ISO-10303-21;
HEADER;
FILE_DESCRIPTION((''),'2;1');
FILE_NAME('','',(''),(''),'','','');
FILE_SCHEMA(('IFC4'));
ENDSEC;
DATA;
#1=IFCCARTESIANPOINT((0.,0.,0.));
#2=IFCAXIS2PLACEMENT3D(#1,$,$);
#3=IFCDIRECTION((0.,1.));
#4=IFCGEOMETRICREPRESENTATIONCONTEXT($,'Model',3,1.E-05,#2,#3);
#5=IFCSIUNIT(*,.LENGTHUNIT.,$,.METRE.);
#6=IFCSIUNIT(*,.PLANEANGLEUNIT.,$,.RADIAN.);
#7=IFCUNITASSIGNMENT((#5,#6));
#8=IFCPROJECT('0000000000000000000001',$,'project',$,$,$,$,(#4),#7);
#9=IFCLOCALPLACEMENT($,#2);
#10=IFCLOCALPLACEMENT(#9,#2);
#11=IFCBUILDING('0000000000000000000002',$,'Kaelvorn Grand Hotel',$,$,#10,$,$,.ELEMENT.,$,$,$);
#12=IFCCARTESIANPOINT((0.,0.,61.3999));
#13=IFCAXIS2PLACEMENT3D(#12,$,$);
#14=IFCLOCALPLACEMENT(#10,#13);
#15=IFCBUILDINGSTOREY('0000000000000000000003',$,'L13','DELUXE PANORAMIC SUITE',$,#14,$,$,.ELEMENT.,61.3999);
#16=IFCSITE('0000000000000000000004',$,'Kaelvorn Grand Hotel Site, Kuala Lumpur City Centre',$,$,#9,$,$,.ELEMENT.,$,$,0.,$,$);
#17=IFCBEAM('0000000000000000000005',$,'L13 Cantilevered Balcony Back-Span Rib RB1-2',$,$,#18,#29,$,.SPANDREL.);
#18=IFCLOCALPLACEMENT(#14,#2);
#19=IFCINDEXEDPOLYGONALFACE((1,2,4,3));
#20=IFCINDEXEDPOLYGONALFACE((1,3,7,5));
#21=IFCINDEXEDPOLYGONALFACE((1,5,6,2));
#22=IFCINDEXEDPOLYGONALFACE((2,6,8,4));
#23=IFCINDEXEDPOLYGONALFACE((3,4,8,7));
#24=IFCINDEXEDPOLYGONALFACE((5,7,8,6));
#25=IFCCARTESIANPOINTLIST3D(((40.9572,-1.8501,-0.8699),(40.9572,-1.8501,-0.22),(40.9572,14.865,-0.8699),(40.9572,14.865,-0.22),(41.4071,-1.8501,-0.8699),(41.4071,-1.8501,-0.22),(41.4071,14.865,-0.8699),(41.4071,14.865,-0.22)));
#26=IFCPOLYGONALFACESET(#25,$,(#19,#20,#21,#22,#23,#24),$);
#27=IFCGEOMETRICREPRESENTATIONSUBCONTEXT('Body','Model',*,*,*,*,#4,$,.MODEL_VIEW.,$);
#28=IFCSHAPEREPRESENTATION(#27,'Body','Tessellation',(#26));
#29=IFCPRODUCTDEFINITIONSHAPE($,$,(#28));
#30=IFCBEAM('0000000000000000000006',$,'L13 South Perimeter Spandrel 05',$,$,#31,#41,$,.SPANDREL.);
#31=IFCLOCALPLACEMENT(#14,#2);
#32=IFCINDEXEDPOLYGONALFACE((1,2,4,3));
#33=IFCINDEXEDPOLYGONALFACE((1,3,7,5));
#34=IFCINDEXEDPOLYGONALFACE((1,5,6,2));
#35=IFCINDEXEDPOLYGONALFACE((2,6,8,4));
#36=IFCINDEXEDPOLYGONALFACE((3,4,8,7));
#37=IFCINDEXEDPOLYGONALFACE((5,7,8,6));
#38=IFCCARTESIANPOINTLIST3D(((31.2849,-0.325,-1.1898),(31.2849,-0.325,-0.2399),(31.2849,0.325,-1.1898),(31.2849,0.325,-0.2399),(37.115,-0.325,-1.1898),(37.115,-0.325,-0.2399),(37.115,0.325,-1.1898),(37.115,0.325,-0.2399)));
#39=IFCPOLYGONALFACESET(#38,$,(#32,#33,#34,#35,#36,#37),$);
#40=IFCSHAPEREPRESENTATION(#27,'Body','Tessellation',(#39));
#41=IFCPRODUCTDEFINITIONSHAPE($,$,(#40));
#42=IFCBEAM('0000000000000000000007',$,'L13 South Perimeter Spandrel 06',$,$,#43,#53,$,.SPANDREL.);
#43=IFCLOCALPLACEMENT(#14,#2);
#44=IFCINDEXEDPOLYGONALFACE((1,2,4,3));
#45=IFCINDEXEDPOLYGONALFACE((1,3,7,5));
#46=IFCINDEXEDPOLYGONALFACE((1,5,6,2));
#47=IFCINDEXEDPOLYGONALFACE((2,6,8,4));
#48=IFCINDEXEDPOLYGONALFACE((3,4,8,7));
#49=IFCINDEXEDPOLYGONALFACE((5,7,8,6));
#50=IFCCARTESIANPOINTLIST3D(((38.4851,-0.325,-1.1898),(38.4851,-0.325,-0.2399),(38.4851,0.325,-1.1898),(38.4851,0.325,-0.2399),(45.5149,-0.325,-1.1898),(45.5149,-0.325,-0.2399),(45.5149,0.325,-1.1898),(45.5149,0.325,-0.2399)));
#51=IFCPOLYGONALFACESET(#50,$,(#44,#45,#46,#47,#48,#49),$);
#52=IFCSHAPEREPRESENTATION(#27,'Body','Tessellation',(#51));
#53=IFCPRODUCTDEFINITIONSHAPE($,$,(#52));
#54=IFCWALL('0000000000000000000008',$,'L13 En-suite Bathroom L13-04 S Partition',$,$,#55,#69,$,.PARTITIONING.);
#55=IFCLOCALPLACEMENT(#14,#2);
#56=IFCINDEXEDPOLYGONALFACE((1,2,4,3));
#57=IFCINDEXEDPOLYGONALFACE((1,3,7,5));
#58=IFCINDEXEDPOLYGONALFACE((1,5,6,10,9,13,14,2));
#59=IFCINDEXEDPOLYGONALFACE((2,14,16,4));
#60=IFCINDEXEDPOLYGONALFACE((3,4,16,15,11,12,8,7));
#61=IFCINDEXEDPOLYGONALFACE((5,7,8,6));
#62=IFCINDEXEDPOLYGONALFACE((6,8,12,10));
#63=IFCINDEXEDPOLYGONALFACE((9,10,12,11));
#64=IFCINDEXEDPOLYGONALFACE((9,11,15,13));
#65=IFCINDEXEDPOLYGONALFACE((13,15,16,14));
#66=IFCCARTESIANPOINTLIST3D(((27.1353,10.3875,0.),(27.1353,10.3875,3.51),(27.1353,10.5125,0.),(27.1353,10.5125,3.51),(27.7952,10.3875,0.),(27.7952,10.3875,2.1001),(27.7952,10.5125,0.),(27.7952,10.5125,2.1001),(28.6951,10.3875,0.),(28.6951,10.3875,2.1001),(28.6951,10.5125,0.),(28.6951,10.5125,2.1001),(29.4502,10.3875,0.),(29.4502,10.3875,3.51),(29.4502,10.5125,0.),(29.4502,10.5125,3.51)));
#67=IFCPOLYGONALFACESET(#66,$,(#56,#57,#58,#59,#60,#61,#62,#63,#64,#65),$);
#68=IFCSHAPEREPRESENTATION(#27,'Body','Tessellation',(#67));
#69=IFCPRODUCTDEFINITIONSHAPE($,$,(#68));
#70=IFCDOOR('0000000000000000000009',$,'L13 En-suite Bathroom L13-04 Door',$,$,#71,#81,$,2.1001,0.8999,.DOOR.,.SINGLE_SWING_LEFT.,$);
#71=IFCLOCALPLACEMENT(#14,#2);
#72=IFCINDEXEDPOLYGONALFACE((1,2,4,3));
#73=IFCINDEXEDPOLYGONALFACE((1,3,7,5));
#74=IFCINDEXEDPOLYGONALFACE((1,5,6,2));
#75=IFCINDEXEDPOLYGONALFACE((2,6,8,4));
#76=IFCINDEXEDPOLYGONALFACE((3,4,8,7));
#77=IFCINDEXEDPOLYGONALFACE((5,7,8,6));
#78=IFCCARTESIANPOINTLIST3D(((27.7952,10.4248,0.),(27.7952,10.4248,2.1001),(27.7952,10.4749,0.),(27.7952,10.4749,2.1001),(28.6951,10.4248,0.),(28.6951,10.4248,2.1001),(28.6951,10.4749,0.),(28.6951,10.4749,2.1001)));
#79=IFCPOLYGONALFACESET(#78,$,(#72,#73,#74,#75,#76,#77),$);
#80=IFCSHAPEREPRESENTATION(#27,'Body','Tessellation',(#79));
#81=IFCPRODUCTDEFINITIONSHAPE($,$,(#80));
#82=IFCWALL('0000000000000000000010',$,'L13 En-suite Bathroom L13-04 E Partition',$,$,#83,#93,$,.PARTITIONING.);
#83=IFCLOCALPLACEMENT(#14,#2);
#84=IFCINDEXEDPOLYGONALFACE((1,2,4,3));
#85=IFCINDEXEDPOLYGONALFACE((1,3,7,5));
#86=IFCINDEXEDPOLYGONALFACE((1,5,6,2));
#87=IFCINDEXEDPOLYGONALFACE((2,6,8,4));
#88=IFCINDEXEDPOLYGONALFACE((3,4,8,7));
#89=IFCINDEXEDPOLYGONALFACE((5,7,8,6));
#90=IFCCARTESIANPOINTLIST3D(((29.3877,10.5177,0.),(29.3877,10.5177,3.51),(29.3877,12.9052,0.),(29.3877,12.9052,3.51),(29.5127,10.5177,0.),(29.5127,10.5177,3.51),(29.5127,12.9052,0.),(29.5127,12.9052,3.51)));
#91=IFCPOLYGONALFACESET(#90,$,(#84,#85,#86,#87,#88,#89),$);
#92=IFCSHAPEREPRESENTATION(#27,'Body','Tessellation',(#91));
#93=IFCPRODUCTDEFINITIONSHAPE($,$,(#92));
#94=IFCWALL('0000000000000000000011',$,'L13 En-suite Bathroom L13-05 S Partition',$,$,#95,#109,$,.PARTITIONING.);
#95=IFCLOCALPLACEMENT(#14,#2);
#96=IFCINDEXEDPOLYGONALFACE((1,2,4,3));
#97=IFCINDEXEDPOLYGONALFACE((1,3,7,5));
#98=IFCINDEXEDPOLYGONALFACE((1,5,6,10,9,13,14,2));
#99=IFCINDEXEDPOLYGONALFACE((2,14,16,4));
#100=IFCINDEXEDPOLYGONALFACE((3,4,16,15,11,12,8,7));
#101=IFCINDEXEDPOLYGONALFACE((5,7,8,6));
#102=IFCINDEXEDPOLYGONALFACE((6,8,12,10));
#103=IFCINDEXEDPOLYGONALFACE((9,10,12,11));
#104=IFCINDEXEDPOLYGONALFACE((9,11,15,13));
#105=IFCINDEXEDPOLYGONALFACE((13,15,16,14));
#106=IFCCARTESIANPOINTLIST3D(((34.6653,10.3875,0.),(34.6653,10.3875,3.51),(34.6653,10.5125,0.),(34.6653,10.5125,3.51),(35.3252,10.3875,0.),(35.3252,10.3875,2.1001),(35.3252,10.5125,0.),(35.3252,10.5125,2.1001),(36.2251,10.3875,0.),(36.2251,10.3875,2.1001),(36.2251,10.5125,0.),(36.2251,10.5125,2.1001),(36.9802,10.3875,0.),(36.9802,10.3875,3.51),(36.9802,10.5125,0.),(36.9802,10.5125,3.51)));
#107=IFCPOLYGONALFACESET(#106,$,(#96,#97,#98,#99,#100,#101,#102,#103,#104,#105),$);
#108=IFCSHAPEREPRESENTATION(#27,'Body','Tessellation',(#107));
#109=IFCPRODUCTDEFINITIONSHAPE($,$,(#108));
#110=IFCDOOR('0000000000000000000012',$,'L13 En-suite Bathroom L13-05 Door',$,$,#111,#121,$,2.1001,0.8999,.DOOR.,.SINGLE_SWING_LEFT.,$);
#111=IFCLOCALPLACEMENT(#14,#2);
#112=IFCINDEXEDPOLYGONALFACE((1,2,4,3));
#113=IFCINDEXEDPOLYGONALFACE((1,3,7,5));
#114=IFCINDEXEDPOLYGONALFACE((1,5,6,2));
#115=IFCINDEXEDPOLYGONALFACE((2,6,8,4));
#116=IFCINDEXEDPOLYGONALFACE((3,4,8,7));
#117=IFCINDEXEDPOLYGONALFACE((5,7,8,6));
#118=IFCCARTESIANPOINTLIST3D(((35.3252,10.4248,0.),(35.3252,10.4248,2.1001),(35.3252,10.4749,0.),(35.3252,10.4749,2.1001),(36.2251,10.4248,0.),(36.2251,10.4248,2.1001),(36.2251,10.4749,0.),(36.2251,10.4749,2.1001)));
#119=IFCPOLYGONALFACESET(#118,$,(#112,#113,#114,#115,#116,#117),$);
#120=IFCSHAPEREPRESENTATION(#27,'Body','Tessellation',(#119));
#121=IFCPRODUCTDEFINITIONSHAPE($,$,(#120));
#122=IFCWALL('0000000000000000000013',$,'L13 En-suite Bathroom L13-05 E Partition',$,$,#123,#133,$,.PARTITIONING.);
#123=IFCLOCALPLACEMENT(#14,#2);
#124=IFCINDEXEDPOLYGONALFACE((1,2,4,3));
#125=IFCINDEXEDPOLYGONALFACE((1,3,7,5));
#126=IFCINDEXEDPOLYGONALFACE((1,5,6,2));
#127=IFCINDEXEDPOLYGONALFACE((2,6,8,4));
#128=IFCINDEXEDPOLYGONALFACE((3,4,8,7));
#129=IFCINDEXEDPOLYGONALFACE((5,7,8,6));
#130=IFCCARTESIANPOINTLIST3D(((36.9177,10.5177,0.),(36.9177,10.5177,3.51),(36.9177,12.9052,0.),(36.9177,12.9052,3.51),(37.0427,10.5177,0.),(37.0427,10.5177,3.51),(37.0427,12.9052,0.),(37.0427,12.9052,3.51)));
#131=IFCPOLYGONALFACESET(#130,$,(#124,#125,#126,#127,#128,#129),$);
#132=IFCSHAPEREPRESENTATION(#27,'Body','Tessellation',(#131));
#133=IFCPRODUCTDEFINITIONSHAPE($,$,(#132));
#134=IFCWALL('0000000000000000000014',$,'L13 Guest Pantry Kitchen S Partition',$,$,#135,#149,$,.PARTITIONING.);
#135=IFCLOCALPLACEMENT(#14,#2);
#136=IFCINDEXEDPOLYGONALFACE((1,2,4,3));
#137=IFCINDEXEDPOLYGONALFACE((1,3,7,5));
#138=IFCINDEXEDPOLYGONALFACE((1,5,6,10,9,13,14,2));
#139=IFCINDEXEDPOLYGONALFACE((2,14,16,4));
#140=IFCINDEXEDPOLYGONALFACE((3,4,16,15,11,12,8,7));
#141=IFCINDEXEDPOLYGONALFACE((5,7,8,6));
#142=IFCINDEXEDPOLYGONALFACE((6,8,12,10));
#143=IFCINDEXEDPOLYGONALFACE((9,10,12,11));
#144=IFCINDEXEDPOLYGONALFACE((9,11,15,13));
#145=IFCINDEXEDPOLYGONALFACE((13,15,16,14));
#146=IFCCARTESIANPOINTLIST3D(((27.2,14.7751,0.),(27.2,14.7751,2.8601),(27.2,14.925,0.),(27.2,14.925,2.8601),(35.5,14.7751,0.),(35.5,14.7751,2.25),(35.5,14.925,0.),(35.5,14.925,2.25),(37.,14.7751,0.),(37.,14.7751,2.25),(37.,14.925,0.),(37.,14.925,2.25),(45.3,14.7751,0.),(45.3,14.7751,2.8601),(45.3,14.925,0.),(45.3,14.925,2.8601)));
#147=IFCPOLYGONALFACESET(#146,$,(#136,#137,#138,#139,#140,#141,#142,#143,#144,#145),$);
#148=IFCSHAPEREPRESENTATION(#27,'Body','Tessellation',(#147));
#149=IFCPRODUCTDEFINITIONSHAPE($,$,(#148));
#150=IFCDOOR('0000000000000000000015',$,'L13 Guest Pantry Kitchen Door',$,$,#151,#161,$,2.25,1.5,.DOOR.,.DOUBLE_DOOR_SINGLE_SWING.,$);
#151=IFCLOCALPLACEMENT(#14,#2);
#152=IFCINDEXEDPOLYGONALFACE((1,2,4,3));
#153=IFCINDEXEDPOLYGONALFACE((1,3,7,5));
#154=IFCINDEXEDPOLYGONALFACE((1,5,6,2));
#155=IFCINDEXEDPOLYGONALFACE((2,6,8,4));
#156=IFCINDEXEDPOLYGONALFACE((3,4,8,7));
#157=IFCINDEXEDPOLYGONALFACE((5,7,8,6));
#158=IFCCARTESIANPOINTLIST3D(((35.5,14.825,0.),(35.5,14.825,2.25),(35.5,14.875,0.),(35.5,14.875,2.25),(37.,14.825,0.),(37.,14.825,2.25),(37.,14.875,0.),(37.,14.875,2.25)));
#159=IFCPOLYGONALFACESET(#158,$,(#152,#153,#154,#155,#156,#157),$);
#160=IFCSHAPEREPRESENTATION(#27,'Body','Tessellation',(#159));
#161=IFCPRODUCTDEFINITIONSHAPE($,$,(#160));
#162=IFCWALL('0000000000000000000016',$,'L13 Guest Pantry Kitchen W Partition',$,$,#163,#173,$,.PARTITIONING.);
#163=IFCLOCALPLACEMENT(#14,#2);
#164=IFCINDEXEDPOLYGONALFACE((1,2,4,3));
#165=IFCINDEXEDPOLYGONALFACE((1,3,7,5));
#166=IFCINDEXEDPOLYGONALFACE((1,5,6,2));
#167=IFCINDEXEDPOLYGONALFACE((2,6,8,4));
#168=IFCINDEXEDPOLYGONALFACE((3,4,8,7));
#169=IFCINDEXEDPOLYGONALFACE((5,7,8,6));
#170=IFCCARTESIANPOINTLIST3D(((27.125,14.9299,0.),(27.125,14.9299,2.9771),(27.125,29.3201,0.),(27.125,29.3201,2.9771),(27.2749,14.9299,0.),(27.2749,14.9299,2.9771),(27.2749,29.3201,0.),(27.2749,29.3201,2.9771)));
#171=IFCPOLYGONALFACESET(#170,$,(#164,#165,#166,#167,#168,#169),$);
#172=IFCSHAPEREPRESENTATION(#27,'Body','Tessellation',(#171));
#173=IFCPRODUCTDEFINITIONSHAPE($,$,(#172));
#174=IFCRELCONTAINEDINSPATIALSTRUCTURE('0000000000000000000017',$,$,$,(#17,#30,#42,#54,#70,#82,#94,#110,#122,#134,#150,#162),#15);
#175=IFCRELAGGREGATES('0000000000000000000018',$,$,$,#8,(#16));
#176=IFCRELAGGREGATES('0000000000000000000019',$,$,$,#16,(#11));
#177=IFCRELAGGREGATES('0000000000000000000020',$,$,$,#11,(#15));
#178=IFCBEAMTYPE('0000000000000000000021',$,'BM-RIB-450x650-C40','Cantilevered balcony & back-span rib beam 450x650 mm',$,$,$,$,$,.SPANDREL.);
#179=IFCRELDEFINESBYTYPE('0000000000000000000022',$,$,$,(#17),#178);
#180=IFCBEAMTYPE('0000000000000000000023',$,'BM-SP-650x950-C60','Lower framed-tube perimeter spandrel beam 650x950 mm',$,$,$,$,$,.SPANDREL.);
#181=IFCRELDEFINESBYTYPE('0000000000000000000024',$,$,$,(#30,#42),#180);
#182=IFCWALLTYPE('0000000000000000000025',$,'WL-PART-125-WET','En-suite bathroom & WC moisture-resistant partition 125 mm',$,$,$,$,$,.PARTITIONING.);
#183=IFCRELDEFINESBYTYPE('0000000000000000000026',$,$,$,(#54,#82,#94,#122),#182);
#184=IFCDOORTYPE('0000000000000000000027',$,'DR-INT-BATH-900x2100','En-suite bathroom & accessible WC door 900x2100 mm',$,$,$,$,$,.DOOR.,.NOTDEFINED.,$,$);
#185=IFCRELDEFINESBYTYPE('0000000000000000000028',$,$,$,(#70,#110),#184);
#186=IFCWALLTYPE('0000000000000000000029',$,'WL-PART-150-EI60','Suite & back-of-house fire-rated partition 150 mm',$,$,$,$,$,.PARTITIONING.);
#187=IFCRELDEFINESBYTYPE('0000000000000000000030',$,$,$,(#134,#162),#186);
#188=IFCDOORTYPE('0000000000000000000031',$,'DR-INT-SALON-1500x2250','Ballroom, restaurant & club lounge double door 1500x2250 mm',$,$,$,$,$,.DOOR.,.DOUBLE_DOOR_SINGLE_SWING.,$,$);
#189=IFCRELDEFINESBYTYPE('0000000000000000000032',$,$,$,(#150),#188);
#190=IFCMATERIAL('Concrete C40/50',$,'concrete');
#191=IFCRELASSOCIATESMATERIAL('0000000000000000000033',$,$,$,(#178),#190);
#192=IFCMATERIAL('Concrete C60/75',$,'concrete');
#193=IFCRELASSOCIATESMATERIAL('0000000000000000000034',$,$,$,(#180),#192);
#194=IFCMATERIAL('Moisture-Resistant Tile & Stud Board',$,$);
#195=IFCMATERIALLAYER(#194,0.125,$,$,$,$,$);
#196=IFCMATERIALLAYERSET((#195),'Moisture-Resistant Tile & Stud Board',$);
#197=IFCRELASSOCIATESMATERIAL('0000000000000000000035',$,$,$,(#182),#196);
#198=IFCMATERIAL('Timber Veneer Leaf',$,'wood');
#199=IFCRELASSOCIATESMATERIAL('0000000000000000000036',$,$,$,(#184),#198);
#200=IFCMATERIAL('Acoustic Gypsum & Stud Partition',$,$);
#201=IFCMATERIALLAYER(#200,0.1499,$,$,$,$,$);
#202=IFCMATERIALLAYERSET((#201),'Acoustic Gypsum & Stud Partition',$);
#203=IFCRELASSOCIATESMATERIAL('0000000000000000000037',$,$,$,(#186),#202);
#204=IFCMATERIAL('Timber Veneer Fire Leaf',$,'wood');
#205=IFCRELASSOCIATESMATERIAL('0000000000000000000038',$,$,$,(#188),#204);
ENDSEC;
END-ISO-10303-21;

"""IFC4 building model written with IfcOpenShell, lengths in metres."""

from ifc_helpers import new_model, si_unit, direction, frame, frame_2d, origin, origin_2d, place, context, subcontext, project, spatial, rectangle, extrude, material, layer, layer_set, material_profile, profile_set, type_object, element, fill, save


model = new_model("IFC4")

# Units and contexts
model_context = context("Model", 3, precision=1e-05, world=origin(), true_north=direction((0.0, 1.0)))
body_context = subcontext(model_context, "Body", "Model", "MODEL_VIEW")
ifc_project = project(units=[si_unit("LENGTHUNIT", "METRE"), si_unit("PLANEANGLEUNIT", "RADIAN")], contexts=[model_context])

# Site, building, storey
site_placement = place(None, origin())
site = spatial("IfcSite", under=ifc_project, at=site_placement, Name="Kaelvorn Grand Hotel Site, Kuala Lumpur City Centre", CompositionType="ELEMENT", RefElevation=0.0)
building_placement = place(site_placement, origin())
building = spatial("IfcBuilding", under=site, at=building_placement, Name="Kaelvorn Grand Hotel", CompositionType="ELEMENT")
storey_placement = place(building_placement, frame((0.0, 0.0, 61.3999)))
storey = spatial("IfcBuildingStorey", under=building, at=storey_placement, Name="L13", Description="DELUXE PANORAMIC SUITE", CompositionType="ELEMENT", Elevation=61.3999)

# Beams
ifc_material_1 = material(Name="Concrete C40/50", Category="concrete")
ifc_material_profile_1 = material_profile(ifc_material_1, rectangle(XDim=0.45, YDim=0.6499, at=origin_2d()), Name="RC RIB 450x650")
ifc_profile_set_1 = profile_set([ifc_material_profile_1], Name="Concrete C40/50")
beam_type_1 = type_object("IfcBeamType", Name="BM-RIB-450x650-C40", Description="Cantilevered balcony & back-span rib beam 450x650 mm", PredefinedType="SPANDREL", material=ifc_profile_set_1)
beam_1_placement = place(storey_placement, frame((41.1821, -1.8501, -0.5449), z_axis=(0.0, 1.0, 0.0), x_axis=(-1.0, 0.0, 0.0)))
element("IfcBeam", 1, at=beam_1_placement, inside=storey, type_object=beam_type_1, Name="L13 Cantilevered Balcony Back-Span Rib RB1-2", PredefinedType="SPANDREL", context=body_context, shape_type="SweptSolid", body=[
    extrude(rectangle(XDim=0.45, YDim=0.6499, at=origin_2d()), origin(), (0.0, 0.0, 1.0), 16.7151),
])
ifc_material_2 = material(Name="Concrete C60/75", Category="concrete")
ifc_material_profile_2 = material_profile(ifc_material_2, rectangle(XDim=0.6499, YDim=0.95, at=origin_2d()), Name="RC SPANDREL 650x950")
ifc_profile_set_2 = profile_set([ifc_material_profile_2], Name="Concrete C60/75")
beam_type_2 = type_object("IfcBeamType", Name="BM-SP-650x950-C60", Description="Lower framed-tube perimeter spandrel beam 650x950 mm", PredefinedType="SPANDREL", material=ifc_profile_set_2)
beam_2_placement = place(storey_placement, frame((31.2849, 0.0, -0.7148), z_axis=(1.0, 0.0, 0.0), x_axis=(0.0, 1.0, 0.0)))
element("IfcBeam", 2, at=beam_2_placement, inside=storey, type_object=beam_type_2, Name="L13 South Perimeter Spandrel 05", PredefinedType="SPANDREL", context=body_context, shape_type="SweptSolid", body=[
    extrude(rectangle(XDim=0.6499, YDim=0.95, at=origin_2d()), origin(), (0.0, 0.0, 1.0), 5.8301),
])
beam_3_placement = place(storey_placement, frame((38.4851, 0.0, -0.7148), z_axis=(1.0, 0.0, 0.0), x_axis=(0.0, 1.0, 0.0)))
element("IfcBeam", 3, at=beam_3_placement, inside=storey, type_object=beam_type_2, Name="L13 South Perimeter Spandrel 06", PredefinedType="SPANDREL", context=body_context, shape_type="SweptSolid", body=[
    extrude(rectangle(XDim=0.6499, YDim=0.95, at=origin_2d()), origin(), (0.0, 0.0, 1.0), 7.0298),
])

# Wall, opening, door
ifc_material_3 = material(Name="Moisture-Resistant Tile & Stud Board")
ifc_layer_1 = layer(ifc_material_3, 0.125)
ifc_layer_set_1 = layer_set([ifc_layer_1], Name="Moisture-Resistant Tile & Stud Board")
wall_type_1 = type_object("IfcWallType", Name="WL-PART-125-WET", Description="En-suite bathroom & WC moisture-resistant partition 125 mm", PredefinedType="PARTITIONING", material=ifc_layer_set_1)
wall_1_placement = place(storey_placement, frame((27.1353, 10.45, 0.0), z_axis=(0.0, 0.0, 1.0), x_axis=(1.0, 0.0, 0.0)))
wall_1 = element("IfcWall", 4, at=wall_1_placement, inside=storey, type_object=wall_type_1, Name="L13 En-suite Bathroom L13-04 S Partition", PredefinedType="PARTITIONING", context=body_context, shape_type="SweptSolid", body=[
    extrude(rectangle(XDim=2.3149, YDim=0.125, at=frame_2d((1.1575, 0.0))), origin(), (0.0, 0.0, 1.0), 3.51),
])
opening_1_placement = place(wall_1_placement, frame((0.6599, 0.0, 0.0)))
opening_1 = element("IfcOpeningElement", 5, at=opening_1_placement, cuts=wall_1, PredefinedType="OPENING", context=body_context, shape_type="SweptSolid", body=[
    extrude(rectangle(XDim=0.8999, YDim=2.1001, at=frame_2d((0.45, 1.05))), frame((0.0, 0.0725, 0.0), z_axis=(0.0, -1.0, 0.0), x_axis=(1.0, 0.0, 0.0)), (0.0, 0.0, 1.0), 0.145),
])
ifc_material_4 = material(Name="Timber Veneer Leaf", Category="wood")
door_type_1 = type_object("IfcDoorType", Name="DR-INT-BATH-900x2100", Description="En-suite bathroom & accessible WC door 900x2100 mm", OperationType="NOTDEFINED", PredefinedType="DOOR", material=ifc_material_4)
door_1_placement = place(opening_1_placement, origin())
door_1 = element("IfcDoor", 6, at=door_1_placement, inside=storey, type_object=door_type_1, Name="L13 En-suite Bathroom L13-04 Door", OperationType="SINGLE_SWING_LEFT", OverallHeight=2.1001, OverallWidth=0.8999, PredefinedType="DOOR", context=body_context, shape_type="SweptSolid", body=[
    extrude(rectangle(XDim=0.8999, YDim=2.1001, at=frame_2d((0.45, 1.05))), frame((0.0, 0.0249, 0.0), z_axis=(0.0, -1.0, 0.0), x_axis=(1.0, 0.0, 0.0)), (0.0, 0.0, 1.0), 0.05),
])
fill(opening_1, door_1)

# Wall
wall_2_placement = place(storey_placement, frame((29.4502, 10.5176, 0.0), z_axis=(0.0, 0.0, 1.0), x_axis=(0.0, 1.0, 0.0)))
element("IfcWall", 7, at=wall_2_placement, inside=storey, type_object=wall_type_1, Name="L13 En-suite Bathroom L13-04 E Partition", PredefinedType="PARTITIONING", context=body_context, shape_type="SweptSolid", body=[
    extrude(rectangle(XDim=2.3875, YDim=0.125, at=frame_2d((1.1938, 0.0))), origin(), (0.0, 0.0, 1.0), 3.51),
])

# Wall, opening, door
wall_3_placement = place(storey_placement, frame((34.6653, 10.45, 0.0), z_axis=(0.0, 0.0, 1.0), x_axis=(1.0, 0.0, 0.0)))
wall_3 = element("IfcWall", 8, at=wall_3_placement, inside=storey, type_object=wall_type_1, Name="L13 En-suite Bathroom L13-05 S Partition", PredefinedType="PARTITIONING", context=body_context, shape_type="SweptSolid", body=[
    extrude(rectangle(XDim=2.3149, YDim=0.125, at=frame_2d((1.1575, 0.0))), origin(), (0.0, 0.0, 1.0), 3.51),
])
opening_2_placement = place(wall_3_placement, frame((0.6599, 0.0, 0.0)))
opening_2 = element("IfcOpeningElement", 9, at=opening_2_placement, cuts=wall_3, PredefinedType="OPENING", context=body_context, shape_type="SweptSolid", body=[
    extrude(rectangle(XDim=0.8999, YDim=2.1001, at=frame_2d((0.45, 1.05))), frame((0.0, 0.0725, 0.0), z_axis=(0.0, -1.0, 0.0), x_axis=(1.0, 0.0, 0.0)), (0.0, 0.0, 1.0), 0.145),
])
door_2_placement = place(opening_2_placement, origin())
door_2 = element("IfcDoor", 10, at=door_2_placement, inside=storey, type_object=door_type_1, Name="L13 En-suite Bathroom L13-05 Door", OperationType="SINGLE_SWING_LEFT", OverallHeight=2.1001, OverallWidth=0.8999, PredefinedType="DOOR", context=body_context, shape_type="SweptSolid", body=[
    extrude(rectangle(XDim=0.8999, YDim=2.1001, at=frame_2d((0.45, 1.05))), frame((0.0, 0.0249, 0.0), z_axis=(0.0, -1.0, 0.0), x_axis=(1.0, 0.0, 0.0)), (0.0, 0.0, 1.0), 0.05),
])
fill(opening_2, door_2)

# Wall
wall_4_placement = place(storey_placement, frame((36.9802, 10.5176, 0.0), z_axis=(0.0, 0.0, 1.0), x_axis=(0.0, 1.0, 0.0)))
element("IfcWall", 11, at=wall_4_placement, inside=storey, type_object=wall_type_1, Name="L13 En-suite Bathroom L13-05 E Partition", PredefinedType="PARTITIONING", context=body_context, shape_type="SweptSolid", body=[
    extrude(rectangle(XDim=2.3875, YDim=0.125, at=frame_2d((1.1938, 0.0))), origin(), (0.0, 0.0, 1.0), 3.51),
])

# Wall, opening, door
ifc_material_5 = material(Name="Acoustic Gypsum & Stud Partition")
ifc_layer_2 = layer(ifc_material_5, 0.1499)
ifc_layer_set_2 = layer_set([ifc_layer_2], Name="Acoustic Gypsum & Stud Partition")
wall_type_2 = type_object("IfcWallType", Name="WL-PART-150-EI60", Description="Suite & back-of-house fire-rated partition 150 mm", PredefinedType="PARTITIONING", material=ifc_layer_set_2)
wall_5_placement = place(storey_placement, frame((27.2, 14.8501, 0.0), z_axis=(0.0, 0.0, 1.0), x_axis=(1.0, 0.0, 0.0)))
wall_5 = element("IfcWall", 12, at=wall_5_placement, inside=storey, type_object=wall_type_2, Name="L13 Guest Pantry Kitchen S Partition", PredefinedType="PARTITIONING", context=body_context, shape_type="SweptSolid", body=[
    extrude(rectangle(XDim=18.1001, YDim=0.1499, at=frame_2d((9.05, 0.0))), origin(), (0.0, 0.0, 1.0), 2.8601),
])
opening_3_placement = place(wall_5_placement, frame((8.3, 0.0, 0.0)))
opening_3 = element("IfcOpeningElement", 13, at=opening_3_placement, cuts=wall_5, PredefinedType="OPENING", context=body_context, shape_type="SweptSolid", body=[
    extrude(rectangle(XDim=1.5, YDim=2.25, at=frame_2d((0.75, 1.125))), frame((0.0, 0.085, 0.0), z_axis=(0.0, -1.0, 0.0), x_axis=(1.0, 0.0, 0.0)), (0.0, 0.0, 1.0), 0.1699),
])
ifc_material_6 = material(Name="Timber Veneer Fire Leaf", Category="wood")
door_type_2 = type_object("IfcDoorType", Name="DR-INT-SALON-1500x2250", Description="Ballroom, restaurant & club lounge double door 1500x2250 mm", OperationType="DOUBLE_DOOR_SINGLE_SWING", PredefinedType="DOOR", material=ifc_material_6)
door_3_placement = place(opening_3_placement, origin())
door_3 = element("IfcDoor", 14, at=door_3_placement, inside=storey, type_object=door_type_2, Name="L13 Guest Pantry Kitchen Door", OperationType="DOUBLE_DOOR_SINGLE_SWING", OverallHeight=2.25, OverallWidth=1.5, PredefinedType="DOOR", context=body_context, shape_type="SweptSolid", body=[
    extrude(rectangle(XDim=1.5, YDim=2.25, at=frame_2d((0.75, 1.125))), frame((0.0, 0.0249, 0.0), z_axis=(0.0, -1.0, 0.0), x_axis=(1.0, 0.0, 0.0)), (0.0, 0.0, 1.0), 0.05),
])
fill(opening_3, door_3)

# Wall
wall_6_placement = place(storey_placement, frame((27.2, 14.9299, 0.0), z_axis=(0.0, 0.0, 1.0), x_axis=(0.0, 1.0, 0.0)))
element("IfcWall", 15, at=wall_6_placement, inside=storey, type_object=wall_type_2, Name="L13 Guest Pantry Kitchen W Partition", PredefinedType="PARTITIONING", context=body_context, shape_type="SweptSolid", body=[
    extrude(rectangle(XDim=14.3901, YDim=0.1499, at=frame_2d((7.1951, 0.0))), origin(), (0.0, 0.0, 1.0), 2.9771),
])

save(model, "model.ifc")
